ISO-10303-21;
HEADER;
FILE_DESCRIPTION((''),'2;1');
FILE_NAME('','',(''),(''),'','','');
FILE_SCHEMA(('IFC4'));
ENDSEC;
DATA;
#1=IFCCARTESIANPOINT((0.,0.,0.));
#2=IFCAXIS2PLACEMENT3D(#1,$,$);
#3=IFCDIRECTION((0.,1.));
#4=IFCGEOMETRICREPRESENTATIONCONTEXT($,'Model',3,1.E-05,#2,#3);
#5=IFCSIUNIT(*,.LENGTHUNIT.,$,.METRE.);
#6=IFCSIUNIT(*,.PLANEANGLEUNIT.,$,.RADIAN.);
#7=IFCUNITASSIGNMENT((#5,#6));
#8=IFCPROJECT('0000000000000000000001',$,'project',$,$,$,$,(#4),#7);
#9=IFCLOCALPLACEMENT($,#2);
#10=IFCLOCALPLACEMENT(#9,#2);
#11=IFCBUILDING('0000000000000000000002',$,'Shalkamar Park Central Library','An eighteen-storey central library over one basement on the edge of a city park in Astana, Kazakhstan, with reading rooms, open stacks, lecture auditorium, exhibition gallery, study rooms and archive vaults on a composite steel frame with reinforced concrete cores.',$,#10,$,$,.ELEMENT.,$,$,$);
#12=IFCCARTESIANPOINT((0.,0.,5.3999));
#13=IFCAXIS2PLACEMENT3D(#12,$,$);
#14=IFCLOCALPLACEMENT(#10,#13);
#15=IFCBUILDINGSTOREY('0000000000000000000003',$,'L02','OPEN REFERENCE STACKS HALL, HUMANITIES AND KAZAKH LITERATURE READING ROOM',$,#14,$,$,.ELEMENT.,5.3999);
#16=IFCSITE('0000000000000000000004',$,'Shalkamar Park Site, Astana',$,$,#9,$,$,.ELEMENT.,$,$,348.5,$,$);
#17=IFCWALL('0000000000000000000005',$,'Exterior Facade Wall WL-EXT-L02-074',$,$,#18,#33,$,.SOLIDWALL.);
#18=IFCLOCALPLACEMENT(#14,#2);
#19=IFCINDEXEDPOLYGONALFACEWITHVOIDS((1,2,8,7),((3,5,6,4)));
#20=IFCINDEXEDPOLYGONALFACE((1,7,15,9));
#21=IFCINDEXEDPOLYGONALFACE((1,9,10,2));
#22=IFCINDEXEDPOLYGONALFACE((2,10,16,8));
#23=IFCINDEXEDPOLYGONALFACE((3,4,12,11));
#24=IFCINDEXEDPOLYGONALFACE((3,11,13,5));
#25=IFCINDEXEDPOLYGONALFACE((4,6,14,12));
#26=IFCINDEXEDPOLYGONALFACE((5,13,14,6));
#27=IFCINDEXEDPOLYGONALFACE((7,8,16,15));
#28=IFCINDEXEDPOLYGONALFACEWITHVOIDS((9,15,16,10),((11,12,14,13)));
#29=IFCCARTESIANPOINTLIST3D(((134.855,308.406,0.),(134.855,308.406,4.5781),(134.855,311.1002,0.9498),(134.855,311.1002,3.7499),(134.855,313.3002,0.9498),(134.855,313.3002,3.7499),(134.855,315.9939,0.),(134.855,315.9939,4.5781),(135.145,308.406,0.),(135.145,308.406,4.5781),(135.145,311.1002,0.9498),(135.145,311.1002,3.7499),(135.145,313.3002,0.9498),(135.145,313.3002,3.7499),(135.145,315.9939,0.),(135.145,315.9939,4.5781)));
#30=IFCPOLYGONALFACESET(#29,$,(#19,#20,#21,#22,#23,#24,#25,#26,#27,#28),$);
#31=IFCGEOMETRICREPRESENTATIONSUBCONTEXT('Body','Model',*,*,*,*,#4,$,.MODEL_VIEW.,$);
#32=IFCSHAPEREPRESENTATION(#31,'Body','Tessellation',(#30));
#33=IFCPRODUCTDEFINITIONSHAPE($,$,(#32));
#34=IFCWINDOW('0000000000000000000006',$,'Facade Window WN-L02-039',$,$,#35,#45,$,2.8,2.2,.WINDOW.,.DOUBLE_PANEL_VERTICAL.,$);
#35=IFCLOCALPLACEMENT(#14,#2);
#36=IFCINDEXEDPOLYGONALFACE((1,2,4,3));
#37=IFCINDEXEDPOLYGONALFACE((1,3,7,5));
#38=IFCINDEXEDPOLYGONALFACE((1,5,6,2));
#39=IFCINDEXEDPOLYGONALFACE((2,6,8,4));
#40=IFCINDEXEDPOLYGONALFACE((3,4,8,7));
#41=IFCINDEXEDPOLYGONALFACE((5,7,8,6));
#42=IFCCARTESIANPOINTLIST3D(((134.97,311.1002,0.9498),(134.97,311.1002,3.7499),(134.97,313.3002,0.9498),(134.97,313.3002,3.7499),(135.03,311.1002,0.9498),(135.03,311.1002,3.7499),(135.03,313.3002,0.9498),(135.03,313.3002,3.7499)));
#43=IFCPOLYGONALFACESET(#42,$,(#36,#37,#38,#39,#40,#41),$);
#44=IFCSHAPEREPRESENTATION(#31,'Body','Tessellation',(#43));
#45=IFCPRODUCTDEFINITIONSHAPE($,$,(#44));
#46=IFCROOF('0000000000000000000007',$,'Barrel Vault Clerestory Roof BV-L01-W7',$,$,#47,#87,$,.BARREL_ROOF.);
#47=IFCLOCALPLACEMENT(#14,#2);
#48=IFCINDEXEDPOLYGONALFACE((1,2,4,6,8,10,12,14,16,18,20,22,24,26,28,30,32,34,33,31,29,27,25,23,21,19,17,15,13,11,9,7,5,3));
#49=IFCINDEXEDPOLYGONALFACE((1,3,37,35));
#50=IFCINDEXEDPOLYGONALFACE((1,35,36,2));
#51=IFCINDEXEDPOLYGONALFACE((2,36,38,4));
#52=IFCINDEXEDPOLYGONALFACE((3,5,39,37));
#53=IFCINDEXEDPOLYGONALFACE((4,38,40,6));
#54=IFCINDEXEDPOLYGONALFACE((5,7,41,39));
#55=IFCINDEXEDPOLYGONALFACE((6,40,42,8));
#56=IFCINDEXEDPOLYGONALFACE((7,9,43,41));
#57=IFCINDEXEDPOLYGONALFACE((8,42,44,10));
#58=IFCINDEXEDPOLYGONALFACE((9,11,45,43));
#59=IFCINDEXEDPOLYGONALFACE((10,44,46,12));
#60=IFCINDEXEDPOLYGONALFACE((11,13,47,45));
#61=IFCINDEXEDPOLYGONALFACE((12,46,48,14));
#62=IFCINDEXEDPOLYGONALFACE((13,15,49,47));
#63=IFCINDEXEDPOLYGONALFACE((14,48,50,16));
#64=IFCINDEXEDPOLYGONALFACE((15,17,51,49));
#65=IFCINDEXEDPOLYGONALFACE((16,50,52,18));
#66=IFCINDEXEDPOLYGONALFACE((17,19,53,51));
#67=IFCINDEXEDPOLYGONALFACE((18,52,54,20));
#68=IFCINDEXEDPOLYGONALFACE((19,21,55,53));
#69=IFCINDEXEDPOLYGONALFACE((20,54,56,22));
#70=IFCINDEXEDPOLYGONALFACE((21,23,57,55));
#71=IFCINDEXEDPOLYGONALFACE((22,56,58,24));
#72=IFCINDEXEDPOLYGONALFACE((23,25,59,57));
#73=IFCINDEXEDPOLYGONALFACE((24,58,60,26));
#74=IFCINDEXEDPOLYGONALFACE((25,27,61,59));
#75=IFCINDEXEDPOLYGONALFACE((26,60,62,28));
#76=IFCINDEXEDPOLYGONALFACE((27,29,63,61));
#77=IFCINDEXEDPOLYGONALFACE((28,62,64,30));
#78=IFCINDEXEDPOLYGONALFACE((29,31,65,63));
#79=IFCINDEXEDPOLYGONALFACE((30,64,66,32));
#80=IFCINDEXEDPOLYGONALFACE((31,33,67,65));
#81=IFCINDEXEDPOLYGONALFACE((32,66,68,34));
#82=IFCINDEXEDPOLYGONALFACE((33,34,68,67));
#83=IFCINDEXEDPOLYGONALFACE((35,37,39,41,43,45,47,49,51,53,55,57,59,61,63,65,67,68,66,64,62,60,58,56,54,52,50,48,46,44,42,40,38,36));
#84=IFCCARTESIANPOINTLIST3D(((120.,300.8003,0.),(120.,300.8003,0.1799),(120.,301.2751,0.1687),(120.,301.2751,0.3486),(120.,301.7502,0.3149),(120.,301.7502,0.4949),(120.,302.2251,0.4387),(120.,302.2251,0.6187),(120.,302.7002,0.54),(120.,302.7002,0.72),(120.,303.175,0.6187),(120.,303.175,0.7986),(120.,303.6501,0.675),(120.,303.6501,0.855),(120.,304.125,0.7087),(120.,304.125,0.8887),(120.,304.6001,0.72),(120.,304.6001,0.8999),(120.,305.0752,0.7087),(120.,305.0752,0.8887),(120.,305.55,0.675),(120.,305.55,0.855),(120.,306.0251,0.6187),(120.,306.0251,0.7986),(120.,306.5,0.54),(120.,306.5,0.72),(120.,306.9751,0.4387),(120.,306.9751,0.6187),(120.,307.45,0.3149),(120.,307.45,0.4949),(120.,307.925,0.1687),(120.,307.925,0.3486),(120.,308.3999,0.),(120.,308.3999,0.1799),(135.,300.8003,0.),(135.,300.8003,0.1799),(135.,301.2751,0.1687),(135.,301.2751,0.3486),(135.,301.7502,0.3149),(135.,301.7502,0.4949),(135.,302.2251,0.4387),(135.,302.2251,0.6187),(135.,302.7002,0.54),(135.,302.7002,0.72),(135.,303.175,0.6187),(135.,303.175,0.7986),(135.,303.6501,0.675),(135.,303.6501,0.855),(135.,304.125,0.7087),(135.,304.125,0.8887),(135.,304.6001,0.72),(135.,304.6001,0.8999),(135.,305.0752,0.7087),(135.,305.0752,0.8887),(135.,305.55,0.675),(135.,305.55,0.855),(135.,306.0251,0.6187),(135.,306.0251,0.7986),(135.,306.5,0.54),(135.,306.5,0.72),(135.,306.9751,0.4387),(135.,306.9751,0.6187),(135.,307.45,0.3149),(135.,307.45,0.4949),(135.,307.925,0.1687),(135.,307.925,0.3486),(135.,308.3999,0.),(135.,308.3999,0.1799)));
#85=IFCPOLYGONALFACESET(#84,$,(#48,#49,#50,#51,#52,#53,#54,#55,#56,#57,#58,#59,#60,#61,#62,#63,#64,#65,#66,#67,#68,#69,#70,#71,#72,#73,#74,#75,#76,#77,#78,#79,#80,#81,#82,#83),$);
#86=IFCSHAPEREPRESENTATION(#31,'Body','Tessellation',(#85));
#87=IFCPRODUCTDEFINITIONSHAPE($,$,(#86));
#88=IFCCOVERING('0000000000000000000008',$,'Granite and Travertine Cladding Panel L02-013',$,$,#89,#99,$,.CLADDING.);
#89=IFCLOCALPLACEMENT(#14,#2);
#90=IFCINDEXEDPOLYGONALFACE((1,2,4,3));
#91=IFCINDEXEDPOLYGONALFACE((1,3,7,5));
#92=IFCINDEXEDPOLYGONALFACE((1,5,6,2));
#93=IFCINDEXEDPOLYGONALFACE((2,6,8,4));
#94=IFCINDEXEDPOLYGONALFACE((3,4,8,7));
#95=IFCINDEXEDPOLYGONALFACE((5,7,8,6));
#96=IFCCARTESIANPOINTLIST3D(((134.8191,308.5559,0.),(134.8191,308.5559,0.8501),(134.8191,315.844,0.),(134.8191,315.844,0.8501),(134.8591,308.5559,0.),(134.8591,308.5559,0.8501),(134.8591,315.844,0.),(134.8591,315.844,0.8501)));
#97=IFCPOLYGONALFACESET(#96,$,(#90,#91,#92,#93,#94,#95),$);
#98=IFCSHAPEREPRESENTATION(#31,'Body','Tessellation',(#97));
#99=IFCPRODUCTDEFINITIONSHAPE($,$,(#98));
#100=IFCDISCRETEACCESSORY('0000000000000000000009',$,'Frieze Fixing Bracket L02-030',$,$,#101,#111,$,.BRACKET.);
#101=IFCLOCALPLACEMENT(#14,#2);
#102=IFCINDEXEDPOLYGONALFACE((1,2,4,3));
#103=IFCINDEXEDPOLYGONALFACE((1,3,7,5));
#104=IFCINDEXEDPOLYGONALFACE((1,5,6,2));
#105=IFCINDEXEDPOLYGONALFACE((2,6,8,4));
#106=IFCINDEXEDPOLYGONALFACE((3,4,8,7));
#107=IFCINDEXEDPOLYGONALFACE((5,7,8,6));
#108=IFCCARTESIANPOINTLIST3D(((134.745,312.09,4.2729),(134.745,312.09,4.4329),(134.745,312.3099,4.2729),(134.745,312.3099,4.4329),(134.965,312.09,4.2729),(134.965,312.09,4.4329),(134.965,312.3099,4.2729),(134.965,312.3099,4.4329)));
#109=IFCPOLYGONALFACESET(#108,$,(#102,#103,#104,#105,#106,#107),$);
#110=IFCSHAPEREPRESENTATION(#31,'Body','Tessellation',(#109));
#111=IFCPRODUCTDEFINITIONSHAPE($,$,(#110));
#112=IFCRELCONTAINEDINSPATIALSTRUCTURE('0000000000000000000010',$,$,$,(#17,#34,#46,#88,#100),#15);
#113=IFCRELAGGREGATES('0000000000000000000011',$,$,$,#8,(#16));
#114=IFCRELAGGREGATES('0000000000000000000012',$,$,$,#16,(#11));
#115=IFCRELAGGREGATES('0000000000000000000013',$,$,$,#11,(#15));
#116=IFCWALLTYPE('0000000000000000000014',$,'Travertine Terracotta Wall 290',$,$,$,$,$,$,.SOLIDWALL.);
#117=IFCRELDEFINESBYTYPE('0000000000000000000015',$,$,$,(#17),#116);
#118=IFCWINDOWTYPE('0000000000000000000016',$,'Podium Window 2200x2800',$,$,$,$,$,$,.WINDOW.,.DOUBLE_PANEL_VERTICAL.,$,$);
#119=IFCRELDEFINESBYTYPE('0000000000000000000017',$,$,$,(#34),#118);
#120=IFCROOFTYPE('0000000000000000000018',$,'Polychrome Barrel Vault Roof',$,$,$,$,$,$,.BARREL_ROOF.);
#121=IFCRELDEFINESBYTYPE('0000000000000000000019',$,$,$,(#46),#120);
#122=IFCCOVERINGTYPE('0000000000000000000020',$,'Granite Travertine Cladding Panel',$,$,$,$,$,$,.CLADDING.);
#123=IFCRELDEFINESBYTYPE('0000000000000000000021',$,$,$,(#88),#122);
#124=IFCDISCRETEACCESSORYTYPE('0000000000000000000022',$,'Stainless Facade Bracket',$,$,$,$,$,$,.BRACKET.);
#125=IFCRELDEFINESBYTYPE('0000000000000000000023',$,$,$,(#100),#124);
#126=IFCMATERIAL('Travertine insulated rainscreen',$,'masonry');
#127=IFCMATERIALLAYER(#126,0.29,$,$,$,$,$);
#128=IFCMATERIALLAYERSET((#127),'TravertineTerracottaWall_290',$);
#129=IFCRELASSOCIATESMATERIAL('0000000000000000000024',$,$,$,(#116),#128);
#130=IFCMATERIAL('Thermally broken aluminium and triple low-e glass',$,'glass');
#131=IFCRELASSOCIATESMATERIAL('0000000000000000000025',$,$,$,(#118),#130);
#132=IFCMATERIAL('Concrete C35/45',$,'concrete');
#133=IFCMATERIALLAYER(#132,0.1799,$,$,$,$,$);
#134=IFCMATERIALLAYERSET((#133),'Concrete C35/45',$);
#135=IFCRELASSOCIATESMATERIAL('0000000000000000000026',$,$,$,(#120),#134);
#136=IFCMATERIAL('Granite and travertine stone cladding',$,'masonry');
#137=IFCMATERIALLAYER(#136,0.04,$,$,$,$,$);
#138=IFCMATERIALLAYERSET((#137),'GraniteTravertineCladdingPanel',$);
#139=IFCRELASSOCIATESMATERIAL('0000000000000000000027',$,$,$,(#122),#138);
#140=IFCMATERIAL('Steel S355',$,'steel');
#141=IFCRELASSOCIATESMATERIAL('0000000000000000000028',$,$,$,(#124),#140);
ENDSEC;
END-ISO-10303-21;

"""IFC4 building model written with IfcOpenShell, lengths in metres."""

from ifc_helpers import new_model, si_unit, direction, frame, frame_2d, origin, origin_2d, place, context, subcontext, project, spatial, polyline, rectangle, outline, extrude, material, layer, layer_set, type_object, element, fill, save


model = new_model("IFC4")

# Units and contexts
model_context = context("Model", 3, precision=1e-05, world=origin(), true_north=direction((0.0, 1.0)))
body_context = subcontext(model_context, "Body", "Model", "MODEL_VIEW")
ifc_project = project(units=[si_unit("LENGTHUNIT", "METRE"), si_unit("PLANEANGLEUNIT", "RADIAN")], contexts=[model_context])

# Site, building, storey
site_placement = place(None, origin())
site = spatial("IfcSite", under=ifc_project, at=site_placement, Name="Shalkamar Park Site, Astana", CompositionType="ELEMENT", RefElevation=348.5)
building_placement = place(site_placement, origin())
building = spatial("IfcBuilding", under=site, at=building_placement, Name="Shalkamar Park Central Library", Description="An eighteen-storey central library over one basement on the edge of a city park in Astana, Kazakhstan, with reading rooms, open stacks, lecture auditorium, exhibition gallery, study rooms and archive vaults on a composite steel frame with reinforced concrete cores.", CompositionType="ELEMENT")
storey_placement = place(building_placement, frame((0.0, 0.0, 5.3999)))
storey = spatial("IfcBuildingStorey", under=building, at=storey_placement, Name="L02", Description="OPEN REFERENCE STACKS HALL, HUMANITIES AND KAZAKH LITERATURE READING ROOM", CompositionType="ELEMENT", Elevation=5.3999)

# Shared definitions
ifc_material_1 = material(Name="Steel S355", Category="steel")

# Wall, opening, window
ifc_material_2 = material(Name="Travertine insulated rainscreen", Category="masonry")
ifc_layer_1 = layer(ifc_material_2, 0.29)
ifc_layer_set_1 = layer_set([ifc_layer_1], Name="TravertineTerracottaWall_290")
wall_type_1 = type_object("IfcWallType", Name="Travertine Terracotta Wall 290", PredefinedType="SOLIDWALL", material=ifc_layer_set_1)
ifc_material_3 = material(Name="Thermally broken aluminium and triple low-e glass", Category="glass")
wall_1_placement = place(storey_placement, frame((135.0, 308.406, 0.0), z_axis=(0.0, 0.0, 1.0), x_axis=(0.0, 1.0, 0.0)))
wall_1 = element("IfcWall", 1, at=wall_1_placement, inside=storey, type_object=wall_type_1, Name="Exterior Facade Wall WL-EXT-L02-074", PredefinedType="SOLIDWALL", context=body_context, shape_type="SweptSolid", body=[
    extrude(rectangle(XDim=7.5879, YDim=0.29, at=frame_2d((3.7939, 0.0))), origin(), (0.0, 0.0, 1.0), 4.5781),
])
opening_1_placement = place(wall_1_placement, frame((2.6941, 0.0, 0.95)))
opening_1 = element("IfcOpeningElement", 2, at=opening_1_placement, cuts=wall_1, PredefinedType="OPENING", context=body_context, shape_type="SweptSolid", body=[
    extrude(rectangle(XDim=2.2, YDim=2.8, at=frame_2d((1.1001, 1.3999))), frame((0.0, 0.1599, 0.0), z_axis=(0.0, -1.0, 0.0), x_axis=(1.0, 0.0, 0.0)), (0.0, 0.0, 1.0), 0.3198),
])
window_type_1 = type_object("IfcWindowType", Name="Podium Window 2200x2800", PartitioningType="DOUBLE_PANEL_VERTICAL", PredefinedType="WINDOW", material=ifc_material_3)
window_1_placement = place(opening_1_placement, origin())
window_1 = element("IfcWindow", 3, at=window_1_placement, inside=storey, type_object=window_type_1, Name="Facade Window WN-L02-039", OverallHeight=2.8, OverallWidth=2.2, PartitioningType="DOUBLE_PANEL_VERTICAL", PredefinedType="WINDOW", context=body_context, shape_type="SweptSolid", body=[
    extrude(rectangle(XDim=2.2, YDim=2.8, at=frame_2d((1.1001, 1.3999))), frame((0.0, 0.03, 0.0), z_axis=(0.0, -1.0, 0.0), x_axis=(1.0, 0.0, 0.0)), (0.0, 0.0, 1.0), 0.0601),
])
fill(opening_1, window_1)

# Roof
ifc_material_4 = material(Name="Concrete C35/45", Category="concrete")
ifc_layer_2 = layer(ifc_material_4, 0.1799)
ifc_layer_set_2 = layer_set([ifc_layer_2], Name="Concrete C35/45")
roof_type = type_object("IfcRoofType", Name="Polychrome Barrel Vault Roof", PredefinedType="BARREL_ROOF", material=ifc_layer_set_2)
roof_placement = place(storey_placement, frame((120.0, 304.6001, 0.0), z_axis=(0.0, 0.0, 1.0), x_axis=(1.0, 0.0, 0.0)))
element("IfcRoof", 4, at=roof_placement, inside=storey, type_object=roof_type, Name="Barrel Vault Clerestory Roof BV-L01-W7", PredefinedType="BARREL_ROOF", context=body_context, shape_type="SweptSolid", body=[
    extrude(outline(polyline([(-3.7998, 0.1799), (-3.325, 0.3486), (-2.8499, 0.4949), (-2.375, 0.6187), (-1.8999, 0.72), (-1.425, 0.7986), (-0.95, 0.855), (-0.4751, 0.8887), (0.0, 0.8999), (0.4751, 0.8887), (0.95, 0.855), (1.425, 0.7986), (1.8999, 0.72), (2.375, 0.6187), (2.8499, 0.4949), (3.325, 0.3486), (3.7998, 0.1799), (3.7998, 0.0), (3.325, 0.1687), (2.8499, 0.3149), (2.375, 0.4387), (1.8999, 0.54), (1.425, 0.6187), (0.95, 0.675), (0.4751, 0.7087), (0.0, 0.72), (-0.4751, 0.7087), (-0.95, 0.675), (-1.425, 0.6187), (-1.8999, 0.54), (-2.375, 0.4387), (-2.8499, 0.3149), (-3.325, 0.1687), (-3.7998, 0.0), (-3.7998, 0.1799)])), frame((0.0, 0.0, 0.0), z_axis=(1.0, 0.0, 0.0), x_axis=(0.0, 1.0, 0.0)), (0.0, 0.0, 1.0), 15.0),
])

# Covering
ifc_material_5 = material(Name="Granite and travertine stone cladding", Category="masonry")
ifc_layer_3 = layer(ifc_material_5, 0.04)
ifc_layer_set_3 = layer_set([ifc_layer_3], Name="GraniteTravertineCladdingPanel")
covering_type = type_object("IfcCoveringType", Name="Granite Travertine Cladding Panel", PredefinedType="CLADDING", material=ifc_layer_set_3)
covering_placement = place(storey_placement, frame((134.8391, 312.2, 0.0), z_axis=(0.0, 0.0, 1.0), x_axis=(1.0, 0.0, 0.0)))
element("IfcCovering", 5, at=covering_placement, inside=storey, type_object=covering_type, Name="Granite and Travertine Cladding Panel L02-013", PredefinedType="CLADDING", context=body_context, shape_type="SweptSolid", body=[
    extrude(rectangle(XDim=0.04, YDim=7.2881, at=origin_2d()), origin(), (0.0, 0.0, 1.0), 0.8501),
])

# Discrete accessory
discrete_accessory_type = type_object("IfcDiscreteAccessoryType", Name="Stainless Facade Bracket", PredefinedType="BRACKET", material=ifc_material_1)
discrete_accessory_placement = place(storey_placement, frame((134.855, 312.2, 4.2729), z_axis=(0.0, 0.0, 1.0), x_axis=(1.0, 0.0, 0.0)))
element("IfcDiscreteAccessory", 6, at=discrete_accessory_placement, inside=storey, type_object=discrete_accessory_type, Name="Frieze Fixing Bracket L02-030", PredefinedType="BRACKET", context=body_context, shape_type="SweptSolid", body=[
    extrude(rectangle(XDim=0.22, YDim=0.22, at=origin_2d()), origin(), (0.0, 0.0, 1.0), 0.1599),
])

save(model, "model.ifc")
